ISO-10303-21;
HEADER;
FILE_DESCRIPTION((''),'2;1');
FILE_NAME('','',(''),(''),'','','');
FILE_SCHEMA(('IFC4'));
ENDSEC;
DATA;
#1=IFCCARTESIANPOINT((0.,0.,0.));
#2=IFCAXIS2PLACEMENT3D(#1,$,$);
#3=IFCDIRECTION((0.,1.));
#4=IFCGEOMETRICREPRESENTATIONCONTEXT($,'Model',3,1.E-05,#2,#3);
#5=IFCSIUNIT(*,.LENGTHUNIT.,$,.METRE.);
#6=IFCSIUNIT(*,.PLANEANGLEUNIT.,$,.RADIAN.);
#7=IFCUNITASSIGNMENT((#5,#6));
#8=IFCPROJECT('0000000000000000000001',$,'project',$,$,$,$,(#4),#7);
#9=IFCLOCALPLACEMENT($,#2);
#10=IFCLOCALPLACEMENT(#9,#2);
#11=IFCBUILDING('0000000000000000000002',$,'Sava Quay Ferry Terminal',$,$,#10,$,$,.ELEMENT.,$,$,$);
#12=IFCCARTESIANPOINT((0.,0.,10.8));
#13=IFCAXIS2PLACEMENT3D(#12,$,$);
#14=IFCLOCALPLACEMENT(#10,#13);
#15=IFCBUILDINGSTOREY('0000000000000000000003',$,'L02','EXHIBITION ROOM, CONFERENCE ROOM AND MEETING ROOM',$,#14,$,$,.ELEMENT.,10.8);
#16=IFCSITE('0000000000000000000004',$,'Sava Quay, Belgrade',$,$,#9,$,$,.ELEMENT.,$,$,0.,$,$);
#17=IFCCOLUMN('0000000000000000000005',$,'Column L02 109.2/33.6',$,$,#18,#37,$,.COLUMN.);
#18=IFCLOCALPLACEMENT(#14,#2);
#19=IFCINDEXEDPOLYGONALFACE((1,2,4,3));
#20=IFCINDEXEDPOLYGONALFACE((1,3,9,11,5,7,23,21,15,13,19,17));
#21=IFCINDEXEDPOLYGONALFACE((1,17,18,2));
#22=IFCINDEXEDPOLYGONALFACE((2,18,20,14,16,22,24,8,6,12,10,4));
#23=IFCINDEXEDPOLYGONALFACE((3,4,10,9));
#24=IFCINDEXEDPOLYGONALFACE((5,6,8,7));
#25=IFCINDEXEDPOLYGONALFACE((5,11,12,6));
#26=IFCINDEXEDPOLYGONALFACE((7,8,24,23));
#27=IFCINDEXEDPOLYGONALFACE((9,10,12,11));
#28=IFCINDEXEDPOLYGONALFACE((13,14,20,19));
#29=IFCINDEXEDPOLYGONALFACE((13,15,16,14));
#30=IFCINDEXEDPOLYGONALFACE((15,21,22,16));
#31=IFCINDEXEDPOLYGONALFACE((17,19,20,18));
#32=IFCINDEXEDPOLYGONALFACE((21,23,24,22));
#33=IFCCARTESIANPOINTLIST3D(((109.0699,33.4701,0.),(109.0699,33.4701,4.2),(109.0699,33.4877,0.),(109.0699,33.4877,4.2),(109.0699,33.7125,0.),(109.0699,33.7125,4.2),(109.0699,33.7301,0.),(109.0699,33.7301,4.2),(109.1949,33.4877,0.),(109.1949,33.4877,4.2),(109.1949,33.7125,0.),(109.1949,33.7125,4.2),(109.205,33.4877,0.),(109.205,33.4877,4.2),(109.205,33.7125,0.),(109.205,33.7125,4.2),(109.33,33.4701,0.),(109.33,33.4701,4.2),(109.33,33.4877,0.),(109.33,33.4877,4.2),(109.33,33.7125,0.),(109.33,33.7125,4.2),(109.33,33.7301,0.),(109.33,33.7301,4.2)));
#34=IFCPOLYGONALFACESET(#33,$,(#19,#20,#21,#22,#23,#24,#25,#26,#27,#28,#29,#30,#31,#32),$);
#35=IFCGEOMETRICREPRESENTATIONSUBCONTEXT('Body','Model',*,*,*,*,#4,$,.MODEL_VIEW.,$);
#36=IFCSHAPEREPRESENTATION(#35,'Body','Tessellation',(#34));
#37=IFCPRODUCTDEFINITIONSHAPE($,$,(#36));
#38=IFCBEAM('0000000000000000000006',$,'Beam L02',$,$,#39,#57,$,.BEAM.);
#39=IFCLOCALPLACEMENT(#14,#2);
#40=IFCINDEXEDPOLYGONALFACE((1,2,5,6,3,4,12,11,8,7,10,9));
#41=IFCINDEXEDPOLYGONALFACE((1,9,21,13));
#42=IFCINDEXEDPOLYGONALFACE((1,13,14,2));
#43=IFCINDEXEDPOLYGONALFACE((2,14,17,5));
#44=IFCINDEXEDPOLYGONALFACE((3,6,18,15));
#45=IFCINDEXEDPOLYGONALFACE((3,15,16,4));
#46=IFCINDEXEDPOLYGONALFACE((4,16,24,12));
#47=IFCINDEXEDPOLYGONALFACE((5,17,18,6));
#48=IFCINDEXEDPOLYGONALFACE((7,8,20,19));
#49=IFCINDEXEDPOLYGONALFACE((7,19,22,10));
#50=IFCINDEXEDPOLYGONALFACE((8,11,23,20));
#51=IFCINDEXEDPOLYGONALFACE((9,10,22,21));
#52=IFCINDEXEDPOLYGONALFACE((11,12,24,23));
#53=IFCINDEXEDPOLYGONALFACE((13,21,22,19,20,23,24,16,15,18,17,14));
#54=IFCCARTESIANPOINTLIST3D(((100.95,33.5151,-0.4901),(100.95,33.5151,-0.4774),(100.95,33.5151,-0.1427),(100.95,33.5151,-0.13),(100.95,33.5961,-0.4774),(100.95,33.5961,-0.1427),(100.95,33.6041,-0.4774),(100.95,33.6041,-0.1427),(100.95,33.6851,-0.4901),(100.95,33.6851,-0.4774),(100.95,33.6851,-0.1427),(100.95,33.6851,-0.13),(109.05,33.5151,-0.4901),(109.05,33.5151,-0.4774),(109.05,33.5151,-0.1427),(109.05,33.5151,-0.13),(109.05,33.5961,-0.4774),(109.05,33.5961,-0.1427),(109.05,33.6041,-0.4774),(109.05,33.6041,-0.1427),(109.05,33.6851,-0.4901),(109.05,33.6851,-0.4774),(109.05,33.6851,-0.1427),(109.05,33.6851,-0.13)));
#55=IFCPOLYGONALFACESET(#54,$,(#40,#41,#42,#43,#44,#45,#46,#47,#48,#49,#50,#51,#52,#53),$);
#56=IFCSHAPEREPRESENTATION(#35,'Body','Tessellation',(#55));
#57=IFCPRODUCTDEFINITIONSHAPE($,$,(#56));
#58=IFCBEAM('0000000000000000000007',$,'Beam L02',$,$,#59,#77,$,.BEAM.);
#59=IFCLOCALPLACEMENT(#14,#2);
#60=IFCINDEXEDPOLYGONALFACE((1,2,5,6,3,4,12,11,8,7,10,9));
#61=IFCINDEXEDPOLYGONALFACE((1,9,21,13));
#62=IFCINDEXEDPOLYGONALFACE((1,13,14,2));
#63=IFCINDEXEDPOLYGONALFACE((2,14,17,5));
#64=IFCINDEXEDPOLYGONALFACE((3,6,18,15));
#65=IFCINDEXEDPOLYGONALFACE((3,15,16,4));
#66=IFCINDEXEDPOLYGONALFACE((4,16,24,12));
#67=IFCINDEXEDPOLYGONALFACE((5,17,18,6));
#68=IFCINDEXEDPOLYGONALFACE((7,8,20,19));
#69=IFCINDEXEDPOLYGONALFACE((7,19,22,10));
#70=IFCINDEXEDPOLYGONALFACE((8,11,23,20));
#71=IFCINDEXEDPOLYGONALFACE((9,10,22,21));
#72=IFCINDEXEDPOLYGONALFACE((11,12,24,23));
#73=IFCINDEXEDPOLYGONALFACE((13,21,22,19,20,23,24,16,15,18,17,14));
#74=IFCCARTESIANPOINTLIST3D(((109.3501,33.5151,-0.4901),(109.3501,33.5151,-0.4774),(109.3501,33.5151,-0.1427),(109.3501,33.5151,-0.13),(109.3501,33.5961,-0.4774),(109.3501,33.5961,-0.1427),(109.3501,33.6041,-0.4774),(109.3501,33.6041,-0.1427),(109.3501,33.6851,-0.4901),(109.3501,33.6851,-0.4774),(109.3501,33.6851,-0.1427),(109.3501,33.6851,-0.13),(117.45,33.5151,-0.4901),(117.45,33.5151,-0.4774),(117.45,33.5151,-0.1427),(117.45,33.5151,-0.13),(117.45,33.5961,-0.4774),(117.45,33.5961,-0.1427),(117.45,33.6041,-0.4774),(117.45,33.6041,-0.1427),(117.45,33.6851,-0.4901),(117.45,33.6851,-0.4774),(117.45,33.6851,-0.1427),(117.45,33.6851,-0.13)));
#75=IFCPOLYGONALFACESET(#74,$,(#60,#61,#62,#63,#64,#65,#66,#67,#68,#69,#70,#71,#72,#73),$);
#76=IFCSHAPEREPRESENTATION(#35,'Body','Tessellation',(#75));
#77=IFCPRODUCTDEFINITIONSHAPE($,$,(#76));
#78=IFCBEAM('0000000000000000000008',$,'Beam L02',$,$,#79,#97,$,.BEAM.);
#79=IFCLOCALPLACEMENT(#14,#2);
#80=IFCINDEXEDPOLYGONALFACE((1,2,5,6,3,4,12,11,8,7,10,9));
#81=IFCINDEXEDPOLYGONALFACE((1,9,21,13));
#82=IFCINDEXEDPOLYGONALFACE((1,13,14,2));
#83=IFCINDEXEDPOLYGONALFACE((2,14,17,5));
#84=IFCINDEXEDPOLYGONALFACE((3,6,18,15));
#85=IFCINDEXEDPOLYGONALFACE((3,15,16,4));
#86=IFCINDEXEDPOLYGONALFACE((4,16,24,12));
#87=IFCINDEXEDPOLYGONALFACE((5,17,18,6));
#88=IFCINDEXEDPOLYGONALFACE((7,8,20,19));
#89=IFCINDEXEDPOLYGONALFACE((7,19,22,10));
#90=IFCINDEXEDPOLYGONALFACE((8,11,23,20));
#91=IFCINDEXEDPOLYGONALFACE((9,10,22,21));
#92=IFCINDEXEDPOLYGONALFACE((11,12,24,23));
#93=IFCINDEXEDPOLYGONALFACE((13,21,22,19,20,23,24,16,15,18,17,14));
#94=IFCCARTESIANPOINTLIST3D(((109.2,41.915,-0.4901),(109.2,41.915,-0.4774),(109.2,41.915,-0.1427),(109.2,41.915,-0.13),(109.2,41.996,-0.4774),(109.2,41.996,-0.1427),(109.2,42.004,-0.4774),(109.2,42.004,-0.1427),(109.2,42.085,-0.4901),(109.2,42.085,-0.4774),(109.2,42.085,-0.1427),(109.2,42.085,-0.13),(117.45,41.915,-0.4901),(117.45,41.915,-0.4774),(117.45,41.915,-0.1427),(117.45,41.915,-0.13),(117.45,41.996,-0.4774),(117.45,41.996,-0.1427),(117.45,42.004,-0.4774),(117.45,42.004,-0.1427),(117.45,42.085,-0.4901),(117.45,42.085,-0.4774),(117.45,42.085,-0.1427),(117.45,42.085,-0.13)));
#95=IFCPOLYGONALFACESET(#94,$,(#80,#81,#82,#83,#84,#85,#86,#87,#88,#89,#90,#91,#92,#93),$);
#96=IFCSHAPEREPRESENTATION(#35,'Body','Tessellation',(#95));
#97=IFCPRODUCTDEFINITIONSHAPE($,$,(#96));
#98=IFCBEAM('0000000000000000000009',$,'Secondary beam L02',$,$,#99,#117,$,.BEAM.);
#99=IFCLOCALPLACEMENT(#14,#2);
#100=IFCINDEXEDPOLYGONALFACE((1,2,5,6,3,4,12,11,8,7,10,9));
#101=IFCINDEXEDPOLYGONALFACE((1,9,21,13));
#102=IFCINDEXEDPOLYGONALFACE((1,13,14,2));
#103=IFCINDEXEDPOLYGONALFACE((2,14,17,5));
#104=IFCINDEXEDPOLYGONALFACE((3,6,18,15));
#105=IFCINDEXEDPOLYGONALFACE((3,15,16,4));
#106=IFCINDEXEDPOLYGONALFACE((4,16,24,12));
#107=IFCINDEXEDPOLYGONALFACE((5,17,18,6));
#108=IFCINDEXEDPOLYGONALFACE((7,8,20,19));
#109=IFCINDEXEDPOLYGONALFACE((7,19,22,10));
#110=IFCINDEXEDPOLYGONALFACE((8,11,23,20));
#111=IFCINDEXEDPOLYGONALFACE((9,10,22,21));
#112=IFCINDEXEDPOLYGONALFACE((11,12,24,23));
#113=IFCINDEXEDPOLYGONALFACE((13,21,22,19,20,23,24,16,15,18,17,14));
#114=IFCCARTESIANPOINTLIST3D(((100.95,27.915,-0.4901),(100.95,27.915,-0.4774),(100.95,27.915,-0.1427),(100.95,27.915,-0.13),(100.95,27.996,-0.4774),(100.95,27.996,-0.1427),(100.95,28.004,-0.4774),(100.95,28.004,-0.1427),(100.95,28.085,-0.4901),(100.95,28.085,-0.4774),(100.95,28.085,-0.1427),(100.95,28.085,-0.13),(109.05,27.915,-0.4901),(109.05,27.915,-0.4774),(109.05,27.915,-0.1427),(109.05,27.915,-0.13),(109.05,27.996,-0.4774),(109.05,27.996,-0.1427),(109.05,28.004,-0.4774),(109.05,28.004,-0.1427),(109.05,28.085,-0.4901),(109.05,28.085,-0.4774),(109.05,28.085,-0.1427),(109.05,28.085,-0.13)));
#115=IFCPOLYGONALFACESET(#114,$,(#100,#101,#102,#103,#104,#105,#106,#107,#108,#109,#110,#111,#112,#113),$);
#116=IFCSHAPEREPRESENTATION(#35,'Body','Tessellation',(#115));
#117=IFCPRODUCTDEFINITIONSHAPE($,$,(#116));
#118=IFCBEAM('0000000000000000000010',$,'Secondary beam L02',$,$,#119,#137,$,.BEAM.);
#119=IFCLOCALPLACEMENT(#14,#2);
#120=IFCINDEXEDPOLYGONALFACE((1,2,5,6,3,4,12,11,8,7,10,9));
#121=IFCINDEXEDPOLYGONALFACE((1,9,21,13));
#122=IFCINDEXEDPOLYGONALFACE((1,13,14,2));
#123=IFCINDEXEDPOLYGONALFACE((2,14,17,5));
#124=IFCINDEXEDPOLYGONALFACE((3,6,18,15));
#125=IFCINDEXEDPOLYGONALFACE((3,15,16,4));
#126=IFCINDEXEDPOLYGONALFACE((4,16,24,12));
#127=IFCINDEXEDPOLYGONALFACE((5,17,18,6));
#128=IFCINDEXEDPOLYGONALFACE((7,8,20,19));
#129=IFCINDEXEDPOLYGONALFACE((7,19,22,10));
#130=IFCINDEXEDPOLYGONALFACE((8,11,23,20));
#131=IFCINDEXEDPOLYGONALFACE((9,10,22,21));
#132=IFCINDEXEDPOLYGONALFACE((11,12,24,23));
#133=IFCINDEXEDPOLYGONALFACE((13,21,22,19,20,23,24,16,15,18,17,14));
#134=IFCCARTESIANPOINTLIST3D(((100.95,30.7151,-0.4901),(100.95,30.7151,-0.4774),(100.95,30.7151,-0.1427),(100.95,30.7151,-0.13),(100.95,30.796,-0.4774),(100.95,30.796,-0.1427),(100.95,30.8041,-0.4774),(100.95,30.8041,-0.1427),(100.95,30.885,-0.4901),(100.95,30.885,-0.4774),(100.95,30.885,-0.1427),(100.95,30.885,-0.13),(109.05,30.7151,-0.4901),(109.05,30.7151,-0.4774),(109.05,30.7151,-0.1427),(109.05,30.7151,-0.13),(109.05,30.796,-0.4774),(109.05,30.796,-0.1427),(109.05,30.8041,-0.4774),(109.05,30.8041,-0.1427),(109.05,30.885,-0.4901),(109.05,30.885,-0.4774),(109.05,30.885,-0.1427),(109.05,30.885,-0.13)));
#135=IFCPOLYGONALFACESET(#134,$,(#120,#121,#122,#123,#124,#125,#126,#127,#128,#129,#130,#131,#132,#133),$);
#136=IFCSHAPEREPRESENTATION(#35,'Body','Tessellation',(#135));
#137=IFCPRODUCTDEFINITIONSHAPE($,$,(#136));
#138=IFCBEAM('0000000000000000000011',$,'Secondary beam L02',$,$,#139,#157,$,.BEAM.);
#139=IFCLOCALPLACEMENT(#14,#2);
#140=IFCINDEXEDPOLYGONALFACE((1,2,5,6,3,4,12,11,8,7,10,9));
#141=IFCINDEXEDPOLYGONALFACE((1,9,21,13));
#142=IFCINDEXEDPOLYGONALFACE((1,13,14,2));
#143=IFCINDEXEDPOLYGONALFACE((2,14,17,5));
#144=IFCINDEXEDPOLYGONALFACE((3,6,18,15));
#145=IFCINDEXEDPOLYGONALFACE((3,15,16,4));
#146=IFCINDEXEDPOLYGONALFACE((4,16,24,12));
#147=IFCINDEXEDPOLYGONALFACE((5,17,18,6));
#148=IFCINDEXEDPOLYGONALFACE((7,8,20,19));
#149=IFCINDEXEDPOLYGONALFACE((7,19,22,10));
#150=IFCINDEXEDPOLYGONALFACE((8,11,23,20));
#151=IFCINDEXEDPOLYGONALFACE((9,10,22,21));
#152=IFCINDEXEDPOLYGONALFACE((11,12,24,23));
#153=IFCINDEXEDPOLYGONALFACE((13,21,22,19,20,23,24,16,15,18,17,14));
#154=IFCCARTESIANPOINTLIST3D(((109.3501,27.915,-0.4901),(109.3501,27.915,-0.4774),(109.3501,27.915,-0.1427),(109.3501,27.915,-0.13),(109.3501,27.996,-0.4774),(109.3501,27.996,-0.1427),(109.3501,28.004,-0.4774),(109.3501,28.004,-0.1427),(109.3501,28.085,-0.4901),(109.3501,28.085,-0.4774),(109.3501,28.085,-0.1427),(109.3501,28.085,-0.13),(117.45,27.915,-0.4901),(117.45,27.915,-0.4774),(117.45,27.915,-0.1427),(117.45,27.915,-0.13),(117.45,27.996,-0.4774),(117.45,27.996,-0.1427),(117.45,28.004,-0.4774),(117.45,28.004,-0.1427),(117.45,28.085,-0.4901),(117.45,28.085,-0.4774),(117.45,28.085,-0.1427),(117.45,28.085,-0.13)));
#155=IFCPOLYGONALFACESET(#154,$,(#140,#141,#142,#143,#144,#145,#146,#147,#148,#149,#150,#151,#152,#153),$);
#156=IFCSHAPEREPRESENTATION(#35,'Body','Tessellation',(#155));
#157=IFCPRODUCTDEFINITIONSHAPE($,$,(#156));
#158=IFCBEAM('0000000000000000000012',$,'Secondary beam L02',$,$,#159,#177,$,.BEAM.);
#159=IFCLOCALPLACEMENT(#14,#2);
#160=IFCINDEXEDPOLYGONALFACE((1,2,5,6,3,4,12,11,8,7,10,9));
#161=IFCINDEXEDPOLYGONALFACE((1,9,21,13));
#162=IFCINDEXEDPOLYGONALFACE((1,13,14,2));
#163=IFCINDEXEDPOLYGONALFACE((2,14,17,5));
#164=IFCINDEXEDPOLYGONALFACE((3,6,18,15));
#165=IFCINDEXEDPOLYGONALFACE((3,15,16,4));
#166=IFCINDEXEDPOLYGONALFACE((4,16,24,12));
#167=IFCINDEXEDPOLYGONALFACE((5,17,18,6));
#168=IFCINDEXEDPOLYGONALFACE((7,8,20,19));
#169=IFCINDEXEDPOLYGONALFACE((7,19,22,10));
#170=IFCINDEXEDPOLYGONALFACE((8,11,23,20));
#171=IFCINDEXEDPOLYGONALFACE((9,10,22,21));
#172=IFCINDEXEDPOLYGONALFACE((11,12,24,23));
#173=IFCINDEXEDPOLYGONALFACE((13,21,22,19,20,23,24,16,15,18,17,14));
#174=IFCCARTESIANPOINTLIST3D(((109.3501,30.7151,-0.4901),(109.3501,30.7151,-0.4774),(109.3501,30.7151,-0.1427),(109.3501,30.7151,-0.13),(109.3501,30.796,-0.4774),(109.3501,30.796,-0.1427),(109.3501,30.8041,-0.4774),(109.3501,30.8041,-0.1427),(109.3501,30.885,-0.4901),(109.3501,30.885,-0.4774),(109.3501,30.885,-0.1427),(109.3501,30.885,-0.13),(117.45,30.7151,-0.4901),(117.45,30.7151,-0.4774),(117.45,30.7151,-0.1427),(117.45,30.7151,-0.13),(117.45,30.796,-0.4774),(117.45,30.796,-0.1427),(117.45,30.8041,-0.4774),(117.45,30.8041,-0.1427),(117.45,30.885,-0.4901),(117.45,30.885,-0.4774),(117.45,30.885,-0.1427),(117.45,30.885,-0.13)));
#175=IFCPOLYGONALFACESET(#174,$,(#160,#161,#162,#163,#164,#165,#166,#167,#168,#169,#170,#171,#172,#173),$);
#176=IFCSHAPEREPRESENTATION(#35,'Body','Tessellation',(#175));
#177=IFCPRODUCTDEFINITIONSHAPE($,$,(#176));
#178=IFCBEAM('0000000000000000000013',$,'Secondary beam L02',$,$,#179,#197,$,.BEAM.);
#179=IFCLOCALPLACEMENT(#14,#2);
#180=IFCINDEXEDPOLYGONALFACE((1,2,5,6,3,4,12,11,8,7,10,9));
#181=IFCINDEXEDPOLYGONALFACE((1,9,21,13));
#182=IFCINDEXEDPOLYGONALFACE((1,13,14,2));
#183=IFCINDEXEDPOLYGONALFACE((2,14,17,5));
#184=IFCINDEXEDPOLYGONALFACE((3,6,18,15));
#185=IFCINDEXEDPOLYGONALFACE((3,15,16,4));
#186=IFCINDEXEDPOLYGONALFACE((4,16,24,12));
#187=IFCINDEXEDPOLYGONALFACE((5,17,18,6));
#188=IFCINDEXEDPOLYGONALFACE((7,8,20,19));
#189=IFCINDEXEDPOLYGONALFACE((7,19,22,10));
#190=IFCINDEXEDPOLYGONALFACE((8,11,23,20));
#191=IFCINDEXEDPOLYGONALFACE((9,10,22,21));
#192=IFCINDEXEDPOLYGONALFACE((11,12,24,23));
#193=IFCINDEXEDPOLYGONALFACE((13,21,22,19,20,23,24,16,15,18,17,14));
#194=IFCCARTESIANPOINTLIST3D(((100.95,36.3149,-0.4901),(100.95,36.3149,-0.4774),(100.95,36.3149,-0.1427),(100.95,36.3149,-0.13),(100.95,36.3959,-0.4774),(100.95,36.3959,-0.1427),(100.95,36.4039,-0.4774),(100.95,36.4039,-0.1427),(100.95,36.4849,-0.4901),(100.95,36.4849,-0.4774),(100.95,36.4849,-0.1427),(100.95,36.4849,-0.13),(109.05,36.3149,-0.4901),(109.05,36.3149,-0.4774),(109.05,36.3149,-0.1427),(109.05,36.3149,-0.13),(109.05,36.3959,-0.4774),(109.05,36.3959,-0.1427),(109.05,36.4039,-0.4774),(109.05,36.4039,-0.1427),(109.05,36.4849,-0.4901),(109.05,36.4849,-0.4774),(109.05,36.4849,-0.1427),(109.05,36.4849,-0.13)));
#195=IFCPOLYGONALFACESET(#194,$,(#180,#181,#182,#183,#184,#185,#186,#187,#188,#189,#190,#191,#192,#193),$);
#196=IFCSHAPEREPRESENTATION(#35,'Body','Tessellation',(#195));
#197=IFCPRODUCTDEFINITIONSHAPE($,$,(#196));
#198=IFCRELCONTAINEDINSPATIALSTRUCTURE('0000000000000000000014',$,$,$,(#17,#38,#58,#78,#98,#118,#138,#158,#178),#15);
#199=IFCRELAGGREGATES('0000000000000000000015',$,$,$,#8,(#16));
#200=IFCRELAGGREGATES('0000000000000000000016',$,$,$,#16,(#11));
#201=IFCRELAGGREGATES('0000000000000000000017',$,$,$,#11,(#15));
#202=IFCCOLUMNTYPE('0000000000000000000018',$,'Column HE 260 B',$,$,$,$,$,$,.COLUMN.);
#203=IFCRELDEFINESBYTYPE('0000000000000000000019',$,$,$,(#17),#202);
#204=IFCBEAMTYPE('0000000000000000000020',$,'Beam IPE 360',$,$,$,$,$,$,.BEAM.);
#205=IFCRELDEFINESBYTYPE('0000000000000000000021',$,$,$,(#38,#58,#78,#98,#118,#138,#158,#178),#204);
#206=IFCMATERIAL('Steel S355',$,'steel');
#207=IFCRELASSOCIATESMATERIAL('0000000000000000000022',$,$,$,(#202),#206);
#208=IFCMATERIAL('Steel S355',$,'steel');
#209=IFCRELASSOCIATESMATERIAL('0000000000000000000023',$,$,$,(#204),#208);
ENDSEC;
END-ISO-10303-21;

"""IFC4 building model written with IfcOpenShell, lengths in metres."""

from ifc_helpers import new_model, si_unit, direction, frame, origin, origin_2d, place, context, subcontext, project, spatial, i_section, extrude, material, material_profile, profile_set, type_object, element, save


model = new_model("IFC4")

# Units and contexts
model_context = context("Model", 3, precision=1e-05, world=origin(), true_north=direction((0.0, 1.0)))
body_context = subcontext(model_context, "Body", "Model", "MODEL_VIEW")
ifc_project = project(units=[si_unit("LENGTHUNIT", "METRE"), si_unit("PLANEANGLEUNIT", "RADIAN")], contexts=[model_context])

# Site, building, storey
site_placement = place(None, origin())
site = spatial("IfcSite", under=ifc_project, at=site_placement, Name="Sava Quay, Belgrade", CompositionType="ELEMENT", RefElevation=0.0)
building_placement = place(site_placement, origin())
building = spatial("IfcBuilding", under=site, at=building_placement, Name="Sava Quay Ferry Terminal", CompositionType="ELEMENT")
storey_placement = place(building_placement, frame((0.0, 0.0, 10.8)))
storey = spatial("IfcBuildingStorey", under=building, at=storey_placement, Name="L02", Description="EXHIBITION ROOM, CONFERENCE ROOM AND MEETING ROOM", CompositionType="ELEMENT", Elevation=10.8)

# Column
ifc_material_1 = material(Name="Steel S355", Category="steel")
ifc_material_profile_1 = material_profile(ifc_material_1, i_section(OverallWidth=0.26, OverallDepth=0.26, WebThickness=0.01, FlangeThickness=0.0176, at=origin_2d()), Name="HE 260 B")
ifc_profile_set_1 = profile_set([ifc_material_profile_1], Name="Steel S355")
column_type = type_object("IfcColumnType", Name="Column HE 260 B", PredefinedType="COLUMN", material=ifc_profile_set_1)
column_placement = place(storey_placement, frame((109.2, 33.6001, 0.0), z_axis=(0.0, 0.0, 1.0), x_axis=(1.0, 0.0, 0.0)))
element("IfcColumn", 1, at=column_placement, inside=storey, type_object=column_type, Name="Column L02 109.2/33.6", PredefinedType="COLUMN", context=body_context, shape_type="SweptSolid", body=[
    extrude(i_section(OverallWidth=0.26, OverallDepth=0.26, WebThickness=0.01, FlangeThickness=0.0176, at=origin_2d()), origin(), (0.0, 0.0, 1.0), 4.2),
])

# Beams
ifc_material_2 = material(Name="Steel S355", Category="steel")
ifc_material_profile_2 = material_profile(ifc_material_2, i_section(OverallWidth=0.1699, OverallDepth=0.3601, WebThickness=0.0081, FlangeThickness=0.0127, at=origin_2d()), Name="IPE 360")
ifc_profile_set_2 = profile_set([ifc_material_profile_2], Name="Steel S355")
beam_type_1 = type_object("IfcBeamType", Name="Beam IPE 360", PredefinedType="BEAM", material=ifc_profile_set_2)
beam_1_placement = place(storey_placement, frame((100.95, 33.6001, -0.3101), z_axis=(1.0, 0.0, 0.0), x_axis=(0.0, 1.0, 0.0)))
element("IfcBeam", 2, at=beam_1_placement, inside=storey, type_object=beam_type_1, Name="Beam L02", PredefinedType="BEAM", context=body_context, shape_type="SweptSolid", body=[
    extrude(i_section(OverallWidth=0.1699, OverallDepth=0.3601, WebThickness=0.0081, FlangeThickness=0.0127, at=origin_2d()), origin(), (0.0, 0.0, 1.0), 8.1001),
])
beam_2_placement = place(storey_placement, frame((109.3501, 33.6001, -0.3101), z_axis=(1.0, 0.0, 0.0), x_axis=(0.0, 1.0, 0.0)))
element("IfcBeam", 3, at=beam_2_placement, inside=storey, type_object=beam_type_1, Name="Beam L02", PredefinedType="BEAM", context=body_context, shape_type="SweptSolid", body=[
    extrude(i_section(OverallWidth=0.1699, OverallDepth=0.3601, WebThickness=0.0081, FlangeThickness=0.0127, at=origin_2d()), origin(), (0.0, 0.0, 1.0), 8.0999),
])
beam_3_placement = place(storey_placement, frame((109.2, 42.0, -0.3101), z_axis=(1.0, 0.0, 0.0), x_axis=(0.0, 1.0, 0.0)))
element("IfcBeam", 4, at=beam_3_placement, inside=storey, type_object=beam_type_1, Name="Beam L02", PredefinedType="BEAM", context=body_context, shape_type="SweptSolid", body=[
    extrude(i_section(OverallWidth=0.1699, OverallDepth=0.3601, WebThickness=0.0081, FlangeThickness=0.0127, at=origin_2d()), origin(), (0.0, 0.0, 1.0), 8.25),
])
for number, where, z_axis, x_axis, name in (
    (5, (100.95, 28.0, -0.3101), (1.0, 0.0, 0.0), (0.0, 1.0, 0.0), "Secondary beam L02"),
    (6, (100.95, 30.8, -0.3101), (1.0, 0.0, 0.0), (0.0, 1.0, 0.0), "Secondary beam L02"),
):
    element("IfcBeam", number, at=place(storey_placement, frame(where, z_axis=z_axis, x_axis=x_axis)), inside=storey, type_object=beam_type_1, Name=name, PredefinedType="BEAM", context=body_context, shape_type="SweptSolid", body=[
        extrude(i_section(OverallWidth=0.1699, OverallDepth=0.3601, WebThickness=0.0081, FlangeThickness=0.0127, at=origin_2d()), origin(), (0.0, 0.0, 1.0), 8.1001),
    ])
for number, where, z_axis, x_axis, name in (
    (7, (109.3501, 28.0, -0.3101), (1.0, 0.0, 0.0), (0.0, 1.0, 0.0), "Secondary beam L02"),
    (8, (109.3501, 30.8, -0.3101), (1.0, 0.0, 0.0), (0.0, 1.0, 0.0), "Secondary beam L02"),
):
    element("IfcBeam", number, at=place(storey_placement, frame(where, z_axis=z_axis, x_axis=x_axis)), inside=storey, type_object=beam_type_1, Name=name, PredefinedType="BEAM", context=body_context, shape_type="SweptSolid", body=[
        extrude(i_section(OverallWidth=0.1699, OverallDepth=0.3601, WebThickness=0.0081, FlangeThickness=0.0127, at=origin_2d()), origin(), (0.0, 0.0, 1.0), 8.0999),
    ])
for number, where, z_axis, x_axis, name in (
    (9, (100.95, 36.3999, -0.3101), (1.0, 0.0, 0.0), (0.0, 1.0, 0.0), "Secondary beam L02"),
):
    element("IfcBeam", number, at=place(storey_placement, frame(where, z_axis=z_axis, x_axis=x_axis)), inside=storey, type_object=beam_type_1, Name=name, PredefinedType="BEAM", context=body_context, shape_type="SweptSolid", body=[
        extrude(i_section(OverallWidth=0.1699, OverallDepth=0.3601, WebThickness=0.0081, FlangeThickness=0.0127, at=origin_2d()), origin(), (0.0, 0.0, 1.0), 8.1001),
    ])

save(model, "model.ifc")
